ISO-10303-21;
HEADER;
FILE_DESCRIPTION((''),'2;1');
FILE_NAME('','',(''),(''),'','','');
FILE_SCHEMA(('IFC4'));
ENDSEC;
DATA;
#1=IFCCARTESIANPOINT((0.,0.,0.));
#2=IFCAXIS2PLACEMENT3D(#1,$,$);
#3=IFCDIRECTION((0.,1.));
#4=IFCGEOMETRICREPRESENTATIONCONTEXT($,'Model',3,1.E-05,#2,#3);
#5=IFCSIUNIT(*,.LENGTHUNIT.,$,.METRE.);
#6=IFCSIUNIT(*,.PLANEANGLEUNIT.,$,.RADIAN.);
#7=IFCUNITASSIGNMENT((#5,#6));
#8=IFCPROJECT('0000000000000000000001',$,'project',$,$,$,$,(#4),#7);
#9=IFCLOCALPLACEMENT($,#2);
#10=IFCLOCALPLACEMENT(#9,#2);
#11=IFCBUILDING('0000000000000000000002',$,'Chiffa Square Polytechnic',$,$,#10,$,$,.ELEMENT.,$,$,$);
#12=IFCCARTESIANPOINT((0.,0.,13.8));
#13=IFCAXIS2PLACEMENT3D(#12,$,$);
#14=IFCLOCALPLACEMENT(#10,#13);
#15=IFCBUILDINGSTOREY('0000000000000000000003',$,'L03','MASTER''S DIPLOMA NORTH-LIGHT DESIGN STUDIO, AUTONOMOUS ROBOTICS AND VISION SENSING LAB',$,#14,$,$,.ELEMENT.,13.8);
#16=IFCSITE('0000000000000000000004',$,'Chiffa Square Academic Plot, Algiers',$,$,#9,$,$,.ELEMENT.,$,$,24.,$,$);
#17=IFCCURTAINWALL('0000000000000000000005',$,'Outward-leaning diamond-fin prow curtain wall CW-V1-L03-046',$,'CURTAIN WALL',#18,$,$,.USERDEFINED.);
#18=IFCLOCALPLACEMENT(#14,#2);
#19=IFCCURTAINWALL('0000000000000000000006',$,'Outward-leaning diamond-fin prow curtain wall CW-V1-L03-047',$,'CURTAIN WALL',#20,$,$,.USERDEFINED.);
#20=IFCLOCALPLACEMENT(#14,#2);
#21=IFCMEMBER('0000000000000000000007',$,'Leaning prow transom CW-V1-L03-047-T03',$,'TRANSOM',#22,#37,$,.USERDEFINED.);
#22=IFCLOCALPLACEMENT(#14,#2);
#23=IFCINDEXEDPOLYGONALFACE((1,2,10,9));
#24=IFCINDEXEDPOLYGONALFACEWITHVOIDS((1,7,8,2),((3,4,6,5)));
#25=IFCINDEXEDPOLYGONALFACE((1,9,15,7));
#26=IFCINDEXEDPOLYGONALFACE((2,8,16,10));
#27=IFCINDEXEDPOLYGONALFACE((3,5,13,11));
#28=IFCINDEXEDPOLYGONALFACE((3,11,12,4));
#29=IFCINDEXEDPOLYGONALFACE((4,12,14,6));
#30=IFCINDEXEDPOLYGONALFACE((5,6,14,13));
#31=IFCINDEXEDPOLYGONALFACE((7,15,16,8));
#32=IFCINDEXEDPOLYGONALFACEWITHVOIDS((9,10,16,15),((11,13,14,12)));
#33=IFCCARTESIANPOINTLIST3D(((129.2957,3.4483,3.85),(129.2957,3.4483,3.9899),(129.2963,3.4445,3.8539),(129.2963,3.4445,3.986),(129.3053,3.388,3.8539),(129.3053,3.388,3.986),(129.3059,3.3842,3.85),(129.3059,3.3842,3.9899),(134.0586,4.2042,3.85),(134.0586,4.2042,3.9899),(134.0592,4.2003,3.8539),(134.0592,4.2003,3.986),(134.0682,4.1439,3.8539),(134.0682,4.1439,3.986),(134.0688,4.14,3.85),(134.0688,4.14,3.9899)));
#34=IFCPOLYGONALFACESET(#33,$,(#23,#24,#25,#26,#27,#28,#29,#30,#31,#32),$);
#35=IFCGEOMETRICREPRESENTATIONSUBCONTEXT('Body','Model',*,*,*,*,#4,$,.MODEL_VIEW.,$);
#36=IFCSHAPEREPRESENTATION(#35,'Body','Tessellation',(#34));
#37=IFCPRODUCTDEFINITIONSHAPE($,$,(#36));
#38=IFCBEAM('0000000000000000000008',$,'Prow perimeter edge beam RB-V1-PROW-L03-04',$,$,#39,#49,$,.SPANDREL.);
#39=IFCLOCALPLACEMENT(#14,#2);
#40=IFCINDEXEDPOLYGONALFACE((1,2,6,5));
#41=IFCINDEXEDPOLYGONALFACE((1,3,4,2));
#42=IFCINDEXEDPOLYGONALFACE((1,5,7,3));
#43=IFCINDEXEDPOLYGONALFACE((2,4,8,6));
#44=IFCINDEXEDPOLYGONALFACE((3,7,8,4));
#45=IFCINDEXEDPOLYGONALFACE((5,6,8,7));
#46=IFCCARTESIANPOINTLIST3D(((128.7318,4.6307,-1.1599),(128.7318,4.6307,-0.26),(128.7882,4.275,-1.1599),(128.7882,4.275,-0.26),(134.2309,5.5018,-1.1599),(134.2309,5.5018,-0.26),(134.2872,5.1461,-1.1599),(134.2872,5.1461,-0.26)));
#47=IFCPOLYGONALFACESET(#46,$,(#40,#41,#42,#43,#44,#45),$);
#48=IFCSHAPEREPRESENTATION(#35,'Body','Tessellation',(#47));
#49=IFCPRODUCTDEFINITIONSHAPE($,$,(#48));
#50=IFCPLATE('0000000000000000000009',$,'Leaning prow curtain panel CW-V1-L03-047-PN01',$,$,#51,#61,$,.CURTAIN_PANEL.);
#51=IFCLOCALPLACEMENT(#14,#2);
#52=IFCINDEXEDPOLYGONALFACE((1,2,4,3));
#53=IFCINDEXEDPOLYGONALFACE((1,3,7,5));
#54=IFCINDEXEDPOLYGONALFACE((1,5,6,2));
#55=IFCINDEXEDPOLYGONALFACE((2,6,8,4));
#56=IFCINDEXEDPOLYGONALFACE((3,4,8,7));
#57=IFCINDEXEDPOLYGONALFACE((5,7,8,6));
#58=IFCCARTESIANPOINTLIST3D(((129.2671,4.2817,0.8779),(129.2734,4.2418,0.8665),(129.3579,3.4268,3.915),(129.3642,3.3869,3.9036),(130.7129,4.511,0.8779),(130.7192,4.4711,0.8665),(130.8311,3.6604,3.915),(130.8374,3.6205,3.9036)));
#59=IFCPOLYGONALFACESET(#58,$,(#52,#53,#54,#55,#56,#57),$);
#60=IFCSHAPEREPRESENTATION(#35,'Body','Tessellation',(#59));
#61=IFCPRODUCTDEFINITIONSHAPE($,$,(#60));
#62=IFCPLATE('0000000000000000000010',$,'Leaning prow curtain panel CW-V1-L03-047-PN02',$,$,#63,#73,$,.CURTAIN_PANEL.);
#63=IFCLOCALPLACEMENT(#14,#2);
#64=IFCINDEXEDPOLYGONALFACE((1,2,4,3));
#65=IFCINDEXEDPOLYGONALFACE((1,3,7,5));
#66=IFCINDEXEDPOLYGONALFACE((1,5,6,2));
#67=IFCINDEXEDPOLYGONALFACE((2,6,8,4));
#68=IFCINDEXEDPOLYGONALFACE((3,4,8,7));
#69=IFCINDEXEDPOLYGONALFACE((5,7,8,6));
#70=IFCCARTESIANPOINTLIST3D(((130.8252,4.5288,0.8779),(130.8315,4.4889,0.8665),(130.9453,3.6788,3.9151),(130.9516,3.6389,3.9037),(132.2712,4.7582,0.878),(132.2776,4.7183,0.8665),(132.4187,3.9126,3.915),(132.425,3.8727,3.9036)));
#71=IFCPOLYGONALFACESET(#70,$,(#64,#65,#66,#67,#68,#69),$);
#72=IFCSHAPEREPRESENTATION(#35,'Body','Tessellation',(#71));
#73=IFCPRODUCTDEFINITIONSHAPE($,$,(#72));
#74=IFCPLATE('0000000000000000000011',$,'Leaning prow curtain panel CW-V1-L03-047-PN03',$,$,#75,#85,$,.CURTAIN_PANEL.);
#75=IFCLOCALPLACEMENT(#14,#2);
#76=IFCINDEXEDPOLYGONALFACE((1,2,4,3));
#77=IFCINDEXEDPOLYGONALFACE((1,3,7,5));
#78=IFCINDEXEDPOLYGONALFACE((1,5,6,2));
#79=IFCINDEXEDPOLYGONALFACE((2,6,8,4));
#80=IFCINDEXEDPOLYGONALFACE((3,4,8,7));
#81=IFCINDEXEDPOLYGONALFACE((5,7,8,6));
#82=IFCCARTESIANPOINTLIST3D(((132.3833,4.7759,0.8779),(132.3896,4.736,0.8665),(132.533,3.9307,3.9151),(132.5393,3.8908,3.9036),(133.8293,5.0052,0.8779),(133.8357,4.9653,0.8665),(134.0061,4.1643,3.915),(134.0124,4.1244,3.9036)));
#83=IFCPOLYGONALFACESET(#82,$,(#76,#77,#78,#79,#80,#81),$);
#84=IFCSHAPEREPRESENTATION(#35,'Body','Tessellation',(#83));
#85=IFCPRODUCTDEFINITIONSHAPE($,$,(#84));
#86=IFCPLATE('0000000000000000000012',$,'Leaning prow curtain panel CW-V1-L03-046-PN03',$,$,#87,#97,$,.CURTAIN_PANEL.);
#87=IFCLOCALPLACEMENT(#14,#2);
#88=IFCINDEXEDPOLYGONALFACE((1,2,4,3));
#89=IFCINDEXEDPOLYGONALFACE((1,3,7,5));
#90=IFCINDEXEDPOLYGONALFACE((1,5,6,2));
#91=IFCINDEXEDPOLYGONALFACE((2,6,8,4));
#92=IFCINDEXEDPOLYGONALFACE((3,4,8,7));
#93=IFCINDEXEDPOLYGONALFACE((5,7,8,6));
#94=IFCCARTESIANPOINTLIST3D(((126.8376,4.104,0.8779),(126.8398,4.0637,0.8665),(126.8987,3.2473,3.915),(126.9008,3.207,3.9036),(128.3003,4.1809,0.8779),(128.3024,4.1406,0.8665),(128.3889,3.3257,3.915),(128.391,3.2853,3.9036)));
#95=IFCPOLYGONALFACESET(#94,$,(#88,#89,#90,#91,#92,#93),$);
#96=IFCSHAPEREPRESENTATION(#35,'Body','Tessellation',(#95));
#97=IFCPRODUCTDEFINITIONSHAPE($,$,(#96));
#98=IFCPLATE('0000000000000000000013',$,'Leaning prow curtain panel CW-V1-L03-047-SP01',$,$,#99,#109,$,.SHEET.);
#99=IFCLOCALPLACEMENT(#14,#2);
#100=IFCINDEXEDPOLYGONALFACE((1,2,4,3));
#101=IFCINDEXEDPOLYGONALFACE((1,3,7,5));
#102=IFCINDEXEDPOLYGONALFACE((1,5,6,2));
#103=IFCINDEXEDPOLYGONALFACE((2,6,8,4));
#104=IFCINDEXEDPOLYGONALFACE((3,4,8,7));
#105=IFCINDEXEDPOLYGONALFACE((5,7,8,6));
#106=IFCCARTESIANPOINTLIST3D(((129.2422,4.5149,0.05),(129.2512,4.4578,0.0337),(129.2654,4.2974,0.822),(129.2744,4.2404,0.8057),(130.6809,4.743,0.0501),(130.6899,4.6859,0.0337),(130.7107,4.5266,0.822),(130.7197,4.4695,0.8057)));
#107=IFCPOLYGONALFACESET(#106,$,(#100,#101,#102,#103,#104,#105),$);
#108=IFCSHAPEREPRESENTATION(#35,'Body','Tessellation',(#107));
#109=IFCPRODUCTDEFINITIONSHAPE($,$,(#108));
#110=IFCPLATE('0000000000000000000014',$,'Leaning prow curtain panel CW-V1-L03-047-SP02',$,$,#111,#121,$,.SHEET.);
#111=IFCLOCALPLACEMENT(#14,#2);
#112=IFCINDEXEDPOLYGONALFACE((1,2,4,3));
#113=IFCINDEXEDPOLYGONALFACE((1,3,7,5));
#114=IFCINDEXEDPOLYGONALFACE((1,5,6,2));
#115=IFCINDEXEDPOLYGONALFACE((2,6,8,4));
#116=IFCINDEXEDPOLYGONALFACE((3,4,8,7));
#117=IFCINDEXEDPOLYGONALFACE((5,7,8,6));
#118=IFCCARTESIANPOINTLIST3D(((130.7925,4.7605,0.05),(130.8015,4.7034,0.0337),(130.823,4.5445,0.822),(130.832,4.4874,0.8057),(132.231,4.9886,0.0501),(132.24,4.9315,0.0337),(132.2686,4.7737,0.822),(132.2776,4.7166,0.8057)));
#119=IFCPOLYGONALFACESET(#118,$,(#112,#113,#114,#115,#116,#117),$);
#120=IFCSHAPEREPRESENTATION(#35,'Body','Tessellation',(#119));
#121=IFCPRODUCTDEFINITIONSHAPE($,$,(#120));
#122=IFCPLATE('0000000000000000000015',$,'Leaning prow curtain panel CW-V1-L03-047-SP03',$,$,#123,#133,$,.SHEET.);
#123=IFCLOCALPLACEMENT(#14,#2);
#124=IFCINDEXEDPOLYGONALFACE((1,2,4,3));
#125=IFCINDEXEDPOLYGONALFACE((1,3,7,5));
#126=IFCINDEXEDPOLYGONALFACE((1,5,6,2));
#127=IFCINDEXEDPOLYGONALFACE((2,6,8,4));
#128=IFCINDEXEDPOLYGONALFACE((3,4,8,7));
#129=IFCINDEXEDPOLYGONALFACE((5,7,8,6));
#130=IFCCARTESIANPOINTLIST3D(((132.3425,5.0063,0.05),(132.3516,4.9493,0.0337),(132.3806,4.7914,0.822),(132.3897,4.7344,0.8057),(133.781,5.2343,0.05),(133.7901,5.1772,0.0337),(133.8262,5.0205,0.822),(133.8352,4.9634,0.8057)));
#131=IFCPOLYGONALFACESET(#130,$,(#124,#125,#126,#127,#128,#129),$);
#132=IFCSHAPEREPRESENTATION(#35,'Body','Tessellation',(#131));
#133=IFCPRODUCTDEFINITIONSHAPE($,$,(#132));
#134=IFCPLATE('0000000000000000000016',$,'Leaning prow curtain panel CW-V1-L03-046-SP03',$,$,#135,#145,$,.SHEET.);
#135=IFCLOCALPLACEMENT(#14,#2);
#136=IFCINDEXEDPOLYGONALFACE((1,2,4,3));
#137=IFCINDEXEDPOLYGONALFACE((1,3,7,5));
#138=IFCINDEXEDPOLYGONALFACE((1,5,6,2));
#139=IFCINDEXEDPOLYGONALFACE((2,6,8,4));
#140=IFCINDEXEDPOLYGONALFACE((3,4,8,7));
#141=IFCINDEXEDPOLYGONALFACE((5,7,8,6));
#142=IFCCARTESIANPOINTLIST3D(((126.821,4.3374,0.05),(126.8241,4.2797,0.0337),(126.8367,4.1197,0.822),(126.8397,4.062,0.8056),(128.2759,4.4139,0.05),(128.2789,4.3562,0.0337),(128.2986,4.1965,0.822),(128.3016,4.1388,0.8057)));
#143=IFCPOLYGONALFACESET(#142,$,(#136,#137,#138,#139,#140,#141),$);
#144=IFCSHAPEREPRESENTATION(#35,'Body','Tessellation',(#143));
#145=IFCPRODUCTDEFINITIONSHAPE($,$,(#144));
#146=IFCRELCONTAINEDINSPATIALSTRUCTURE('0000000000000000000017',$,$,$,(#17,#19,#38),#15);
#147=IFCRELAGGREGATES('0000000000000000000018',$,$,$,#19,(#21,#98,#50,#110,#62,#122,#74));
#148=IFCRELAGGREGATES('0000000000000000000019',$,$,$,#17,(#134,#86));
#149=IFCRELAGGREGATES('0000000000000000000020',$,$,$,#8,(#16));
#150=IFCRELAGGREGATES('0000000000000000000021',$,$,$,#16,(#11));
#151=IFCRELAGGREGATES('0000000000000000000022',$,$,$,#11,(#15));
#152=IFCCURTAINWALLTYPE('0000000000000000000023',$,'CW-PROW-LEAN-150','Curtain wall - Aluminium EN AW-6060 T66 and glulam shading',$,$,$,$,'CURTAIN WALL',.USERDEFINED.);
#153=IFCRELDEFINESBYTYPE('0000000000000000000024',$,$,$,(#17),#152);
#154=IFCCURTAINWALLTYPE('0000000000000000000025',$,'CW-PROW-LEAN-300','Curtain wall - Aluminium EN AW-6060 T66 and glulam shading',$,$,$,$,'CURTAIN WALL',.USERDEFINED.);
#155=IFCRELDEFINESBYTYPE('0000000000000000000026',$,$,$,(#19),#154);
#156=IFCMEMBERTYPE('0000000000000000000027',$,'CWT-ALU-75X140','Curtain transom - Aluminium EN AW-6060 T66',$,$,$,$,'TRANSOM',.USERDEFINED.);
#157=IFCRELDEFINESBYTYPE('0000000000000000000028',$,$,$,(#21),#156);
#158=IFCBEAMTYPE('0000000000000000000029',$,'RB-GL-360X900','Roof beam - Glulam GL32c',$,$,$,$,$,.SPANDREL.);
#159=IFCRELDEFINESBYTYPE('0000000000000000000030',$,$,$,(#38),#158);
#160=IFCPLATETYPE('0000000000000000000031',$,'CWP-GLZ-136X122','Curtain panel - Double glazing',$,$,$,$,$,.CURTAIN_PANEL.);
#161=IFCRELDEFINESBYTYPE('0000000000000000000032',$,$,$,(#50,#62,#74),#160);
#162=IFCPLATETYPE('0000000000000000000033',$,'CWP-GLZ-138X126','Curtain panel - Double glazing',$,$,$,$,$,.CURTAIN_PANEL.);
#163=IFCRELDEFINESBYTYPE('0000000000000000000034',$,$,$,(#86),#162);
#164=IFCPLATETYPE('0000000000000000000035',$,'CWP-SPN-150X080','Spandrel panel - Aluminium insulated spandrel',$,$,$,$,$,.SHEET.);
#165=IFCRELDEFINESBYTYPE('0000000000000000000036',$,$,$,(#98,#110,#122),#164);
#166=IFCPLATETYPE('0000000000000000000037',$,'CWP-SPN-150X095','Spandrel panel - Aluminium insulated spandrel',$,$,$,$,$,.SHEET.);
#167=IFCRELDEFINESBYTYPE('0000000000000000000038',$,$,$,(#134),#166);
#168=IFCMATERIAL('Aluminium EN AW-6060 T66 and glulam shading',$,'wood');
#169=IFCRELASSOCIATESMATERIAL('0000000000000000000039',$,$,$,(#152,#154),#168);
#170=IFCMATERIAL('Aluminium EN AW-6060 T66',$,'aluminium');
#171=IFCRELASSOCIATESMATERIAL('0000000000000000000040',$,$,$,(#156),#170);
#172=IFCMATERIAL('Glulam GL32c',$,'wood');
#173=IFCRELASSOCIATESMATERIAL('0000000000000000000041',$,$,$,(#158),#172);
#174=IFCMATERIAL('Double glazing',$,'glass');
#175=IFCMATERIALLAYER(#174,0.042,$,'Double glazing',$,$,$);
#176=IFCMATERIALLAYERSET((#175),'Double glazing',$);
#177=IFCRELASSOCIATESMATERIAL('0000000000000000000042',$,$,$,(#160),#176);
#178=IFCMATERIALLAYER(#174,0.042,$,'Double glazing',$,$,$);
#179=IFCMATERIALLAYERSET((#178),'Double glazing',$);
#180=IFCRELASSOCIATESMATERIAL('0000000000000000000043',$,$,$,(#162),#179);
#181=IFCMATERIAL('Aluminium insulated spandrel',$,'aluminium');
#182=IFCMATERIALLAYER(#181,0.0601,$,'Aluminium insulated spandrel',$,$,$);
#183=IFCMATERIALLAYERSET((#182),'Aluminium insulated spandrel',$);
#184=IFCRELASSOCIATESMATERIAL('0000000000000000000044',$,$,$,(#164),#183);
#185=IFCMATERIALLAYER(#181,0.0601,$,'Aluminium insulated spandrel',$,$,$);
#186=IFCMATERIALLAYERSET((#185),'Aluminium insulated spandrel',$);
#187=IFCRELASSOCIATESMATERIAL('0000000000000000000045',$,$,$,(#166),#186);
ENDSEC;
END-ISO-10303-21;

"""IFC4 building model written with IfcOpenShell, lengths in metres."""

from ifc_helpers import new_model, si_unit, direction, frame, origin, origin_2d, place, context, subcontext, project, spatial, polyline, rectangle, hollow_rectangle, outline, extrude, material, layer, layer_set, material_profile, profile_set, type_object, element, aggregate, save


model = new_model("IFC4")

# Units and contexts
model_context = context("Model", 3, precision=1e-05, world=origin(), true_north=direction((0.0, 1.0)))
body_context = subcontext(model_context, "Body", "Model", "MODEL_VIEW")
ifc_project = project(units=[si_unit("LENGTHUNIT", "METRE"), si_unit("PLANEANGLEUNIT", "RADIAN")], contexts=[model_context])

# Site, building, storey
site_placement = place(None, origin())
site = spatial("IfcSite", under=ifc_project, at=site_placement, Name="Chiffa Square Academic Plot, Algiers", CompositionType="ELEMENT", RefElevation=24.0)
building_placement = place(site_placement, origin())
building = spatial("IfcBuilding", under=site, at=building_placement, Name="Chiffa Square Polytechnic", CompositionType="ELEMENT")
storey_placement = place(building_placement, frame((0.0, 0.0, 13.8)))
storey = spatial("IfcBuildingStorey", under=building, at=storey_placement, Name="L03", Description="MASTER'S DIPLOMA NORTH-LIGHT DESIGN STUDIO, AUTONOMOUS ROBOTICS AND VISION SENSING LAB", CompositionType="ELEMENT", Elevation=13.8)

# Shared definitions
ifc_material_1 = material(Name="Glulam GL32c", Category="wood")

# Curtain walls
ifc_material_2 = material(Name="Aluminium EN AW-6060 T66 and glulam shading", Category="wood")
curtain_wall_type_1 = type_object("IfcCurtainWallType", Name="CW-PROW-LEAN-150", Description="Curtain wall - Aluminium EN AW-6060 T66 and glulam shading", ElementType="CURTAIN WALL", PredefinedType="USERDEFINED", material=ifc_material_2)
curtain_wall_1_placement = place(storey_placement, origin())
curtain_wall_1 = element("IfcCurtainWall", 1, at=curtain_wall_1_placement, inside=storey, type_object=curtain_wall_type_1, Name="Outward-leaning diamond-fin prow curtain wall CW-V1-L03-046", ObjectType="CURTAIN WALL", PredefinedType="USERDEFINED")
ifc_material_3 = material(Name="Aluminium EN AW-6060 T66", Category="aluminium")
curtain_wall_type_2 = type_object("IfcCurtainWallType", Name="CW-PROW-LEAN-300", Description="Curtain wall - Aluminium EN AW-6060 T66 and glulam shading", ElementType="CURTAIN WALL", PredefinedType="USERDEFINED", material=ifc_material_2)
curtain_wall_2_placement = place(storey_placement, origin())
curtain_wall_2 = element("IfcCurtainWall", 2, at=curtain_wall_2_placement, inside=storey, type_object=curtain_wall_type_2, Name="Outward-leaning diamond-fin prow curtain wall CW-V1-L03-047", ObjectType="CURTAIN WALL", PredefinedType="USERDEFINED")

# Member
ifc_material_profile_1 = material_profile(ifc_material_3, hollow_rectangle(XDim=0.0649, YDim=0.1399, WallThickness=0.0039, at=origin_2d()), Name="ALU 65x140x4")
ifc_profile_set_1 = profile_set([ifc_material_profile_1], Name="Aluminium EN AW-6060 T66")
member_type_1 = type_object("IfcMemberType", Name="CWT-ALU-75X140", Description="Curtain transom - Aluminium EN AW-6060 T66", ElementType="TRANSOM", PredefinedType="USERDEFINED", material=ifc_profile_set_1)
member_1_placement = place(storey_placement, frame((129.3008, 3.4163, 3.9199), z_axis=(0.987641, 0.156735, 0.0), x_axis=(-0.156735, 0.987641, 0.0)))
member_1 = element("IfcMember", 3, at=member_1_placement, type_object=member_type_1, Name="Leaning prow transom CW-V1-L03-047-T03", ObjectType="TRANSOM", PredefinedType="USERDEFINED", context=body_context, shape_type="SweptSolid", body=[
    extrude(hollow_rectangle(XDim=0.0649, YDim=0.1399, WallThickness=0.0039, at=origin_2d()), origin(), (0.0, 0.0, 1.0), 4.8225),
])

# Beam
ifc_material_profile_2 = material_profile(ifc_material_1, rectangle(XDim=0.3601, YDim=0.8999, at=origin_2d()), Name="GL32c 360x900")
ifc_profile_set_2 = profile_set([ifc_material_profile_2], Name="Glulam GL32c")
beam_type = type_object("IfcBeamType", Name="RB-GL-360X900", Description="Roof beam - Glulam GL32c", PredefinedType="SPANDREL", material=ifc_profile_set_2)
beam_placement = place(storey_placement, frame((128.76, 4.4529, -0.71), z_axis=(0.987685, 0.156458, 0.0), x_axis=(-0.156458, 0.987685, 0.0)))
element("IfcBeam", 4, at=beam_placement, inside=storey, type_object=beam_type, Name="Prow perimeter edge beam RB-V1-PROW-L03-04", PredefinedType="SPANDREL", context=body_context, shape_type="SweptSolid", body=[
    extrude(rectangle(XDim=0.3601, YDim=0.8999, at=origin_2d()), origin(), (0.0, 0.0, 1.0), 5.5676),
])

# Plates
ifc_material_4 = material(Name="Double glazing", Category="glass")
ifc_layer_1 = layer(ifc_material_4, 0.042, Name="Double glazing")
ifc_layer_set_1 = layer_set([ifc_layer_1], Name="Double glazing")
plate_type_1 = type_object("IfcPlateType", Name="CWP-GLZ-136X122", Description="Curtain panel - Double glazing", PredefinedType="CURTAIN_PANEL", material=ifc_layer_set_1)
plate_1_placement = place(storey_placement, frame((129.2671, 4.2817, 0.8779), z_axis=(-0.150717, 0.950407, 0.272048), x_axis=(0.987658, 0.156623, 0.000005)))
plate_1 = element("IfcPlate", 5, at=plate_1_placement, type_object=plate_type_1, Name="Leaning prow curtain panel CW-V1-L03-047-PN01", PredefinedType="CURTAIN_PANEL", context=body_context, shape_type="SweptSolid", body=[
    extrude(outline(polyline([(0.0, 0.0), (1.4639, 0.0), (1.4474, -3.1561), (-0.0442, -3.1562), (0.0, 0.0)])), origin(), (0.0, 0.0, -1.0), 0.042),
])
plate_2_placement = place(storey_placement, frame((130.8252, 4.5288, 0.8779), z_axis=(-0.150775, 0.950428, 0.271944), x_axis=(0.987651, 0.156672, 0.000027)))
plate_2 = element("IfcPlate", 6, at=plate_2_placement, type_object=plate_type_1, Name="Leaning prow curtain panel CW-V1-L03-047-PN02", PredefinedType="CURTAIN_PANEL", context=body_context, shape_type="SweptSolid", body=[
    extrude(outline(polyline([(0.0, 0.0), (1.4641, 0.0), (1.4774, -3.156), (-0.0145, -3.1561), (0.0, 0.0)])), origin(), (0.0, 0.0, -1.0), 0.042),
])
plate_3_placement = place(storey_placement, frame((132.3833, 4.7759, 0.8779), z_axis=(-0.150711, 0.950446, 0.271916), x_axis=(0.987661, 0.156609, 0.000009)))
plate_3 = element("IfcPlate", 7, at=plate_3_placement, type_object=plate_type_1, Name="Leaning prow curtain panel CW-V1-L03-047-PN03", PredefinedType="CURTAIN_PANEL", context=body_context, shape_type="SweptSolid", body=[
    extrude(outline(polyline([(0.0, 0.0), (1.4641, 0.0), (1.507, -3.156), (0.0155, -3.156), (0.0, 0.0)])), origin(), (0.0, 0.0, -1.0), 0.042),
])
ifc_layer_2 = layer(ifc_material_4, 0.042, Name="Double glazing")
ifc_layer_set_2 = layer_set([ifc_layer_2], Name="Double glazing")
plate_type_2 = type_object("IfcPlateType", Name="CWP-GLZ-138X126", Description="Curtain panel - Double glazing", PredefinedType="CURTAIN_PANEL", material=ifc_layer_set_2)
plate_4_placement = place(storey_placement, frame((126.8376, 4.104, 0.8779), z_axis=(-0.05053, 0.960949, 0.272072), x_axis=(0.99862, 0.052511, 0.000001)))
plate_4 = element("IfcPlate", 8, at=plate_4_placement, type_object=plate_type_2, Name="Leaning prow curtain panel CW-V1-L03-046-PN03", PredefinedType="CURTAIN_PANEL", context=body_context, shape_type="SweptSolid", body=[
    extrude(outline(polyline([(0.0, 0.0), (1.4647, 0.0), (1.5083, -3.1562), (0.016, -3.1562), (0.0, 0.0)])), origin(), (0.0, 0.0, -1.0), 0.042),
])
ifc_material_5 = material(Name="Aluminium insulated spandrel", Category="aluminium")
ifc_layer_3 = layer(ifc_material_5, 0.0601, Name="Aluminium insulated spandrel")
ifc_layer_set_3 = layer_set([ifc_layer_3], Name="Aluminium insulated spandrel")
plate_type_3 = type_object("IfcPlateType", Name="CWP-SPN-150X080", Description="Spandrel panel - Aluminium insulated spandrel", PredefinedType="SHEET", material=ifc_layer_set_3)
plate_5_placement = place(storey_placement, frame((129.2422, 4.5149, 0.05), z_axis=(-0.150684, 0.950364, 0.272216), x_axis=(0.987663, 0.156594, 0.000016)))
plate_5 = element("IfcPlate", 9, at=plate_5_placement, type_object=plate_type_3, Name="Leaning prow curtain panel CW-V1-L03-047-SP01", PredefinedType="SHEET", context=body_context, shape_type="SweptSolid", body=[
    extrude(outline(polyline([(0.0, 0.0), (1.4567, 0.0), (1.4522, -0.8022), (-0.0111, -0.8023), (0.0, 0.0)])), origin(), (0.0, 0.0, -1.0), 0.0601),
])
plate_6_placement = place(storey_placement, frame((130.7925, 4.7605, 0.05), z_axis=(-0.150698, 0.950449, 0.271914), x_axis=(0.987663, 0.156596, 0.000009)))
plate_6 = element("IfcPlate", 10, at=plate_6_placement, type_object=plate_type_3, Name="Leaning prow curtain panel CW-V1-L03-047-SP02", PredefinedType="SHEET", context=body_context, shape_type="SweptSolid", body=[
    extrude(outline(polyline([(0.0, 0.0), (1.4564, 0.0), (1.4599, -0.8022), (-0.0037, -0.8022), (0.0, 0.0)])), origin(), (0.0, 0.0, -1.0), 0.0601),
])
plate_7_placement = place(storey_placement, frame((132.3425, 5.0063, 0.05), z_axis=(-0.150614, 0.950429, 0.272029), x_axis=(0.987675, 0.15652, -0.000013)))
plate_7 = element("IfcPlate", 11, at=plate_7_placement, type_object=plate_type_3, Name="Leaning prow curtain panel CW-V1-L03-047-SP03", PredefinedType="SHEET", context=body_context, shape_type="SweptSolid", body=[
    extrude(outline(polyline([(0.0, 0.0), (1.4564, 0.0), (1.4676, -0.8022), (0.004, -0.8022), (0.0, 0.0)])), origin(), (0.0, 0.0, -1.0), 0.0601),
])
aggregate(curtain_wall_2, [member_1, plate_5, plate_1, plate_6, plate_2, plate_7, plate_3])
ifc_layer_4 = layer(ifc_material_5, 0.0601, Name="Aluminium insulated spandrel")
ifc_layer_set_4 = layer_set([ifc_layer_4], Name="Aluminium insulated spandrel")
plate_type_4 = type_object("IfcPlateType", Name="CWP-SPN-150X095", Description="Spandrel panel - Aluminium insulated spandrel", PredefinedType="SHEET", material=ifc_layer_set_4)
plate_8_placement = place(storey_placement, frame((126.821, 4.3374, 0.05), z_axis=(-0.050513, 0.96096, 0.272037), x_axis=(0.998621, 0.052502, -0.000033)))
plate_8 = element("IfcPlate", 12, at=plate_8_placement, type_object=plate_type_4, Name="Leaning prow curtain panel CW-V1-L03-046-SP03", PredefinedType="SHEET", context=body_context, shape_type="SweptSolid", body=[
    extrude(outline(polyline([(0.0, 0.0), (1.4569, 0.0), (1.4681, -0.8023), (0.0042, -0.8022), (0.0, 0.0)])), origin(), (0.0, 0.0, -1.0), 0.0601),
])
aggregate(curtain_wall_1, [plate_8, plate_4])

save(model, "model.ifc")
